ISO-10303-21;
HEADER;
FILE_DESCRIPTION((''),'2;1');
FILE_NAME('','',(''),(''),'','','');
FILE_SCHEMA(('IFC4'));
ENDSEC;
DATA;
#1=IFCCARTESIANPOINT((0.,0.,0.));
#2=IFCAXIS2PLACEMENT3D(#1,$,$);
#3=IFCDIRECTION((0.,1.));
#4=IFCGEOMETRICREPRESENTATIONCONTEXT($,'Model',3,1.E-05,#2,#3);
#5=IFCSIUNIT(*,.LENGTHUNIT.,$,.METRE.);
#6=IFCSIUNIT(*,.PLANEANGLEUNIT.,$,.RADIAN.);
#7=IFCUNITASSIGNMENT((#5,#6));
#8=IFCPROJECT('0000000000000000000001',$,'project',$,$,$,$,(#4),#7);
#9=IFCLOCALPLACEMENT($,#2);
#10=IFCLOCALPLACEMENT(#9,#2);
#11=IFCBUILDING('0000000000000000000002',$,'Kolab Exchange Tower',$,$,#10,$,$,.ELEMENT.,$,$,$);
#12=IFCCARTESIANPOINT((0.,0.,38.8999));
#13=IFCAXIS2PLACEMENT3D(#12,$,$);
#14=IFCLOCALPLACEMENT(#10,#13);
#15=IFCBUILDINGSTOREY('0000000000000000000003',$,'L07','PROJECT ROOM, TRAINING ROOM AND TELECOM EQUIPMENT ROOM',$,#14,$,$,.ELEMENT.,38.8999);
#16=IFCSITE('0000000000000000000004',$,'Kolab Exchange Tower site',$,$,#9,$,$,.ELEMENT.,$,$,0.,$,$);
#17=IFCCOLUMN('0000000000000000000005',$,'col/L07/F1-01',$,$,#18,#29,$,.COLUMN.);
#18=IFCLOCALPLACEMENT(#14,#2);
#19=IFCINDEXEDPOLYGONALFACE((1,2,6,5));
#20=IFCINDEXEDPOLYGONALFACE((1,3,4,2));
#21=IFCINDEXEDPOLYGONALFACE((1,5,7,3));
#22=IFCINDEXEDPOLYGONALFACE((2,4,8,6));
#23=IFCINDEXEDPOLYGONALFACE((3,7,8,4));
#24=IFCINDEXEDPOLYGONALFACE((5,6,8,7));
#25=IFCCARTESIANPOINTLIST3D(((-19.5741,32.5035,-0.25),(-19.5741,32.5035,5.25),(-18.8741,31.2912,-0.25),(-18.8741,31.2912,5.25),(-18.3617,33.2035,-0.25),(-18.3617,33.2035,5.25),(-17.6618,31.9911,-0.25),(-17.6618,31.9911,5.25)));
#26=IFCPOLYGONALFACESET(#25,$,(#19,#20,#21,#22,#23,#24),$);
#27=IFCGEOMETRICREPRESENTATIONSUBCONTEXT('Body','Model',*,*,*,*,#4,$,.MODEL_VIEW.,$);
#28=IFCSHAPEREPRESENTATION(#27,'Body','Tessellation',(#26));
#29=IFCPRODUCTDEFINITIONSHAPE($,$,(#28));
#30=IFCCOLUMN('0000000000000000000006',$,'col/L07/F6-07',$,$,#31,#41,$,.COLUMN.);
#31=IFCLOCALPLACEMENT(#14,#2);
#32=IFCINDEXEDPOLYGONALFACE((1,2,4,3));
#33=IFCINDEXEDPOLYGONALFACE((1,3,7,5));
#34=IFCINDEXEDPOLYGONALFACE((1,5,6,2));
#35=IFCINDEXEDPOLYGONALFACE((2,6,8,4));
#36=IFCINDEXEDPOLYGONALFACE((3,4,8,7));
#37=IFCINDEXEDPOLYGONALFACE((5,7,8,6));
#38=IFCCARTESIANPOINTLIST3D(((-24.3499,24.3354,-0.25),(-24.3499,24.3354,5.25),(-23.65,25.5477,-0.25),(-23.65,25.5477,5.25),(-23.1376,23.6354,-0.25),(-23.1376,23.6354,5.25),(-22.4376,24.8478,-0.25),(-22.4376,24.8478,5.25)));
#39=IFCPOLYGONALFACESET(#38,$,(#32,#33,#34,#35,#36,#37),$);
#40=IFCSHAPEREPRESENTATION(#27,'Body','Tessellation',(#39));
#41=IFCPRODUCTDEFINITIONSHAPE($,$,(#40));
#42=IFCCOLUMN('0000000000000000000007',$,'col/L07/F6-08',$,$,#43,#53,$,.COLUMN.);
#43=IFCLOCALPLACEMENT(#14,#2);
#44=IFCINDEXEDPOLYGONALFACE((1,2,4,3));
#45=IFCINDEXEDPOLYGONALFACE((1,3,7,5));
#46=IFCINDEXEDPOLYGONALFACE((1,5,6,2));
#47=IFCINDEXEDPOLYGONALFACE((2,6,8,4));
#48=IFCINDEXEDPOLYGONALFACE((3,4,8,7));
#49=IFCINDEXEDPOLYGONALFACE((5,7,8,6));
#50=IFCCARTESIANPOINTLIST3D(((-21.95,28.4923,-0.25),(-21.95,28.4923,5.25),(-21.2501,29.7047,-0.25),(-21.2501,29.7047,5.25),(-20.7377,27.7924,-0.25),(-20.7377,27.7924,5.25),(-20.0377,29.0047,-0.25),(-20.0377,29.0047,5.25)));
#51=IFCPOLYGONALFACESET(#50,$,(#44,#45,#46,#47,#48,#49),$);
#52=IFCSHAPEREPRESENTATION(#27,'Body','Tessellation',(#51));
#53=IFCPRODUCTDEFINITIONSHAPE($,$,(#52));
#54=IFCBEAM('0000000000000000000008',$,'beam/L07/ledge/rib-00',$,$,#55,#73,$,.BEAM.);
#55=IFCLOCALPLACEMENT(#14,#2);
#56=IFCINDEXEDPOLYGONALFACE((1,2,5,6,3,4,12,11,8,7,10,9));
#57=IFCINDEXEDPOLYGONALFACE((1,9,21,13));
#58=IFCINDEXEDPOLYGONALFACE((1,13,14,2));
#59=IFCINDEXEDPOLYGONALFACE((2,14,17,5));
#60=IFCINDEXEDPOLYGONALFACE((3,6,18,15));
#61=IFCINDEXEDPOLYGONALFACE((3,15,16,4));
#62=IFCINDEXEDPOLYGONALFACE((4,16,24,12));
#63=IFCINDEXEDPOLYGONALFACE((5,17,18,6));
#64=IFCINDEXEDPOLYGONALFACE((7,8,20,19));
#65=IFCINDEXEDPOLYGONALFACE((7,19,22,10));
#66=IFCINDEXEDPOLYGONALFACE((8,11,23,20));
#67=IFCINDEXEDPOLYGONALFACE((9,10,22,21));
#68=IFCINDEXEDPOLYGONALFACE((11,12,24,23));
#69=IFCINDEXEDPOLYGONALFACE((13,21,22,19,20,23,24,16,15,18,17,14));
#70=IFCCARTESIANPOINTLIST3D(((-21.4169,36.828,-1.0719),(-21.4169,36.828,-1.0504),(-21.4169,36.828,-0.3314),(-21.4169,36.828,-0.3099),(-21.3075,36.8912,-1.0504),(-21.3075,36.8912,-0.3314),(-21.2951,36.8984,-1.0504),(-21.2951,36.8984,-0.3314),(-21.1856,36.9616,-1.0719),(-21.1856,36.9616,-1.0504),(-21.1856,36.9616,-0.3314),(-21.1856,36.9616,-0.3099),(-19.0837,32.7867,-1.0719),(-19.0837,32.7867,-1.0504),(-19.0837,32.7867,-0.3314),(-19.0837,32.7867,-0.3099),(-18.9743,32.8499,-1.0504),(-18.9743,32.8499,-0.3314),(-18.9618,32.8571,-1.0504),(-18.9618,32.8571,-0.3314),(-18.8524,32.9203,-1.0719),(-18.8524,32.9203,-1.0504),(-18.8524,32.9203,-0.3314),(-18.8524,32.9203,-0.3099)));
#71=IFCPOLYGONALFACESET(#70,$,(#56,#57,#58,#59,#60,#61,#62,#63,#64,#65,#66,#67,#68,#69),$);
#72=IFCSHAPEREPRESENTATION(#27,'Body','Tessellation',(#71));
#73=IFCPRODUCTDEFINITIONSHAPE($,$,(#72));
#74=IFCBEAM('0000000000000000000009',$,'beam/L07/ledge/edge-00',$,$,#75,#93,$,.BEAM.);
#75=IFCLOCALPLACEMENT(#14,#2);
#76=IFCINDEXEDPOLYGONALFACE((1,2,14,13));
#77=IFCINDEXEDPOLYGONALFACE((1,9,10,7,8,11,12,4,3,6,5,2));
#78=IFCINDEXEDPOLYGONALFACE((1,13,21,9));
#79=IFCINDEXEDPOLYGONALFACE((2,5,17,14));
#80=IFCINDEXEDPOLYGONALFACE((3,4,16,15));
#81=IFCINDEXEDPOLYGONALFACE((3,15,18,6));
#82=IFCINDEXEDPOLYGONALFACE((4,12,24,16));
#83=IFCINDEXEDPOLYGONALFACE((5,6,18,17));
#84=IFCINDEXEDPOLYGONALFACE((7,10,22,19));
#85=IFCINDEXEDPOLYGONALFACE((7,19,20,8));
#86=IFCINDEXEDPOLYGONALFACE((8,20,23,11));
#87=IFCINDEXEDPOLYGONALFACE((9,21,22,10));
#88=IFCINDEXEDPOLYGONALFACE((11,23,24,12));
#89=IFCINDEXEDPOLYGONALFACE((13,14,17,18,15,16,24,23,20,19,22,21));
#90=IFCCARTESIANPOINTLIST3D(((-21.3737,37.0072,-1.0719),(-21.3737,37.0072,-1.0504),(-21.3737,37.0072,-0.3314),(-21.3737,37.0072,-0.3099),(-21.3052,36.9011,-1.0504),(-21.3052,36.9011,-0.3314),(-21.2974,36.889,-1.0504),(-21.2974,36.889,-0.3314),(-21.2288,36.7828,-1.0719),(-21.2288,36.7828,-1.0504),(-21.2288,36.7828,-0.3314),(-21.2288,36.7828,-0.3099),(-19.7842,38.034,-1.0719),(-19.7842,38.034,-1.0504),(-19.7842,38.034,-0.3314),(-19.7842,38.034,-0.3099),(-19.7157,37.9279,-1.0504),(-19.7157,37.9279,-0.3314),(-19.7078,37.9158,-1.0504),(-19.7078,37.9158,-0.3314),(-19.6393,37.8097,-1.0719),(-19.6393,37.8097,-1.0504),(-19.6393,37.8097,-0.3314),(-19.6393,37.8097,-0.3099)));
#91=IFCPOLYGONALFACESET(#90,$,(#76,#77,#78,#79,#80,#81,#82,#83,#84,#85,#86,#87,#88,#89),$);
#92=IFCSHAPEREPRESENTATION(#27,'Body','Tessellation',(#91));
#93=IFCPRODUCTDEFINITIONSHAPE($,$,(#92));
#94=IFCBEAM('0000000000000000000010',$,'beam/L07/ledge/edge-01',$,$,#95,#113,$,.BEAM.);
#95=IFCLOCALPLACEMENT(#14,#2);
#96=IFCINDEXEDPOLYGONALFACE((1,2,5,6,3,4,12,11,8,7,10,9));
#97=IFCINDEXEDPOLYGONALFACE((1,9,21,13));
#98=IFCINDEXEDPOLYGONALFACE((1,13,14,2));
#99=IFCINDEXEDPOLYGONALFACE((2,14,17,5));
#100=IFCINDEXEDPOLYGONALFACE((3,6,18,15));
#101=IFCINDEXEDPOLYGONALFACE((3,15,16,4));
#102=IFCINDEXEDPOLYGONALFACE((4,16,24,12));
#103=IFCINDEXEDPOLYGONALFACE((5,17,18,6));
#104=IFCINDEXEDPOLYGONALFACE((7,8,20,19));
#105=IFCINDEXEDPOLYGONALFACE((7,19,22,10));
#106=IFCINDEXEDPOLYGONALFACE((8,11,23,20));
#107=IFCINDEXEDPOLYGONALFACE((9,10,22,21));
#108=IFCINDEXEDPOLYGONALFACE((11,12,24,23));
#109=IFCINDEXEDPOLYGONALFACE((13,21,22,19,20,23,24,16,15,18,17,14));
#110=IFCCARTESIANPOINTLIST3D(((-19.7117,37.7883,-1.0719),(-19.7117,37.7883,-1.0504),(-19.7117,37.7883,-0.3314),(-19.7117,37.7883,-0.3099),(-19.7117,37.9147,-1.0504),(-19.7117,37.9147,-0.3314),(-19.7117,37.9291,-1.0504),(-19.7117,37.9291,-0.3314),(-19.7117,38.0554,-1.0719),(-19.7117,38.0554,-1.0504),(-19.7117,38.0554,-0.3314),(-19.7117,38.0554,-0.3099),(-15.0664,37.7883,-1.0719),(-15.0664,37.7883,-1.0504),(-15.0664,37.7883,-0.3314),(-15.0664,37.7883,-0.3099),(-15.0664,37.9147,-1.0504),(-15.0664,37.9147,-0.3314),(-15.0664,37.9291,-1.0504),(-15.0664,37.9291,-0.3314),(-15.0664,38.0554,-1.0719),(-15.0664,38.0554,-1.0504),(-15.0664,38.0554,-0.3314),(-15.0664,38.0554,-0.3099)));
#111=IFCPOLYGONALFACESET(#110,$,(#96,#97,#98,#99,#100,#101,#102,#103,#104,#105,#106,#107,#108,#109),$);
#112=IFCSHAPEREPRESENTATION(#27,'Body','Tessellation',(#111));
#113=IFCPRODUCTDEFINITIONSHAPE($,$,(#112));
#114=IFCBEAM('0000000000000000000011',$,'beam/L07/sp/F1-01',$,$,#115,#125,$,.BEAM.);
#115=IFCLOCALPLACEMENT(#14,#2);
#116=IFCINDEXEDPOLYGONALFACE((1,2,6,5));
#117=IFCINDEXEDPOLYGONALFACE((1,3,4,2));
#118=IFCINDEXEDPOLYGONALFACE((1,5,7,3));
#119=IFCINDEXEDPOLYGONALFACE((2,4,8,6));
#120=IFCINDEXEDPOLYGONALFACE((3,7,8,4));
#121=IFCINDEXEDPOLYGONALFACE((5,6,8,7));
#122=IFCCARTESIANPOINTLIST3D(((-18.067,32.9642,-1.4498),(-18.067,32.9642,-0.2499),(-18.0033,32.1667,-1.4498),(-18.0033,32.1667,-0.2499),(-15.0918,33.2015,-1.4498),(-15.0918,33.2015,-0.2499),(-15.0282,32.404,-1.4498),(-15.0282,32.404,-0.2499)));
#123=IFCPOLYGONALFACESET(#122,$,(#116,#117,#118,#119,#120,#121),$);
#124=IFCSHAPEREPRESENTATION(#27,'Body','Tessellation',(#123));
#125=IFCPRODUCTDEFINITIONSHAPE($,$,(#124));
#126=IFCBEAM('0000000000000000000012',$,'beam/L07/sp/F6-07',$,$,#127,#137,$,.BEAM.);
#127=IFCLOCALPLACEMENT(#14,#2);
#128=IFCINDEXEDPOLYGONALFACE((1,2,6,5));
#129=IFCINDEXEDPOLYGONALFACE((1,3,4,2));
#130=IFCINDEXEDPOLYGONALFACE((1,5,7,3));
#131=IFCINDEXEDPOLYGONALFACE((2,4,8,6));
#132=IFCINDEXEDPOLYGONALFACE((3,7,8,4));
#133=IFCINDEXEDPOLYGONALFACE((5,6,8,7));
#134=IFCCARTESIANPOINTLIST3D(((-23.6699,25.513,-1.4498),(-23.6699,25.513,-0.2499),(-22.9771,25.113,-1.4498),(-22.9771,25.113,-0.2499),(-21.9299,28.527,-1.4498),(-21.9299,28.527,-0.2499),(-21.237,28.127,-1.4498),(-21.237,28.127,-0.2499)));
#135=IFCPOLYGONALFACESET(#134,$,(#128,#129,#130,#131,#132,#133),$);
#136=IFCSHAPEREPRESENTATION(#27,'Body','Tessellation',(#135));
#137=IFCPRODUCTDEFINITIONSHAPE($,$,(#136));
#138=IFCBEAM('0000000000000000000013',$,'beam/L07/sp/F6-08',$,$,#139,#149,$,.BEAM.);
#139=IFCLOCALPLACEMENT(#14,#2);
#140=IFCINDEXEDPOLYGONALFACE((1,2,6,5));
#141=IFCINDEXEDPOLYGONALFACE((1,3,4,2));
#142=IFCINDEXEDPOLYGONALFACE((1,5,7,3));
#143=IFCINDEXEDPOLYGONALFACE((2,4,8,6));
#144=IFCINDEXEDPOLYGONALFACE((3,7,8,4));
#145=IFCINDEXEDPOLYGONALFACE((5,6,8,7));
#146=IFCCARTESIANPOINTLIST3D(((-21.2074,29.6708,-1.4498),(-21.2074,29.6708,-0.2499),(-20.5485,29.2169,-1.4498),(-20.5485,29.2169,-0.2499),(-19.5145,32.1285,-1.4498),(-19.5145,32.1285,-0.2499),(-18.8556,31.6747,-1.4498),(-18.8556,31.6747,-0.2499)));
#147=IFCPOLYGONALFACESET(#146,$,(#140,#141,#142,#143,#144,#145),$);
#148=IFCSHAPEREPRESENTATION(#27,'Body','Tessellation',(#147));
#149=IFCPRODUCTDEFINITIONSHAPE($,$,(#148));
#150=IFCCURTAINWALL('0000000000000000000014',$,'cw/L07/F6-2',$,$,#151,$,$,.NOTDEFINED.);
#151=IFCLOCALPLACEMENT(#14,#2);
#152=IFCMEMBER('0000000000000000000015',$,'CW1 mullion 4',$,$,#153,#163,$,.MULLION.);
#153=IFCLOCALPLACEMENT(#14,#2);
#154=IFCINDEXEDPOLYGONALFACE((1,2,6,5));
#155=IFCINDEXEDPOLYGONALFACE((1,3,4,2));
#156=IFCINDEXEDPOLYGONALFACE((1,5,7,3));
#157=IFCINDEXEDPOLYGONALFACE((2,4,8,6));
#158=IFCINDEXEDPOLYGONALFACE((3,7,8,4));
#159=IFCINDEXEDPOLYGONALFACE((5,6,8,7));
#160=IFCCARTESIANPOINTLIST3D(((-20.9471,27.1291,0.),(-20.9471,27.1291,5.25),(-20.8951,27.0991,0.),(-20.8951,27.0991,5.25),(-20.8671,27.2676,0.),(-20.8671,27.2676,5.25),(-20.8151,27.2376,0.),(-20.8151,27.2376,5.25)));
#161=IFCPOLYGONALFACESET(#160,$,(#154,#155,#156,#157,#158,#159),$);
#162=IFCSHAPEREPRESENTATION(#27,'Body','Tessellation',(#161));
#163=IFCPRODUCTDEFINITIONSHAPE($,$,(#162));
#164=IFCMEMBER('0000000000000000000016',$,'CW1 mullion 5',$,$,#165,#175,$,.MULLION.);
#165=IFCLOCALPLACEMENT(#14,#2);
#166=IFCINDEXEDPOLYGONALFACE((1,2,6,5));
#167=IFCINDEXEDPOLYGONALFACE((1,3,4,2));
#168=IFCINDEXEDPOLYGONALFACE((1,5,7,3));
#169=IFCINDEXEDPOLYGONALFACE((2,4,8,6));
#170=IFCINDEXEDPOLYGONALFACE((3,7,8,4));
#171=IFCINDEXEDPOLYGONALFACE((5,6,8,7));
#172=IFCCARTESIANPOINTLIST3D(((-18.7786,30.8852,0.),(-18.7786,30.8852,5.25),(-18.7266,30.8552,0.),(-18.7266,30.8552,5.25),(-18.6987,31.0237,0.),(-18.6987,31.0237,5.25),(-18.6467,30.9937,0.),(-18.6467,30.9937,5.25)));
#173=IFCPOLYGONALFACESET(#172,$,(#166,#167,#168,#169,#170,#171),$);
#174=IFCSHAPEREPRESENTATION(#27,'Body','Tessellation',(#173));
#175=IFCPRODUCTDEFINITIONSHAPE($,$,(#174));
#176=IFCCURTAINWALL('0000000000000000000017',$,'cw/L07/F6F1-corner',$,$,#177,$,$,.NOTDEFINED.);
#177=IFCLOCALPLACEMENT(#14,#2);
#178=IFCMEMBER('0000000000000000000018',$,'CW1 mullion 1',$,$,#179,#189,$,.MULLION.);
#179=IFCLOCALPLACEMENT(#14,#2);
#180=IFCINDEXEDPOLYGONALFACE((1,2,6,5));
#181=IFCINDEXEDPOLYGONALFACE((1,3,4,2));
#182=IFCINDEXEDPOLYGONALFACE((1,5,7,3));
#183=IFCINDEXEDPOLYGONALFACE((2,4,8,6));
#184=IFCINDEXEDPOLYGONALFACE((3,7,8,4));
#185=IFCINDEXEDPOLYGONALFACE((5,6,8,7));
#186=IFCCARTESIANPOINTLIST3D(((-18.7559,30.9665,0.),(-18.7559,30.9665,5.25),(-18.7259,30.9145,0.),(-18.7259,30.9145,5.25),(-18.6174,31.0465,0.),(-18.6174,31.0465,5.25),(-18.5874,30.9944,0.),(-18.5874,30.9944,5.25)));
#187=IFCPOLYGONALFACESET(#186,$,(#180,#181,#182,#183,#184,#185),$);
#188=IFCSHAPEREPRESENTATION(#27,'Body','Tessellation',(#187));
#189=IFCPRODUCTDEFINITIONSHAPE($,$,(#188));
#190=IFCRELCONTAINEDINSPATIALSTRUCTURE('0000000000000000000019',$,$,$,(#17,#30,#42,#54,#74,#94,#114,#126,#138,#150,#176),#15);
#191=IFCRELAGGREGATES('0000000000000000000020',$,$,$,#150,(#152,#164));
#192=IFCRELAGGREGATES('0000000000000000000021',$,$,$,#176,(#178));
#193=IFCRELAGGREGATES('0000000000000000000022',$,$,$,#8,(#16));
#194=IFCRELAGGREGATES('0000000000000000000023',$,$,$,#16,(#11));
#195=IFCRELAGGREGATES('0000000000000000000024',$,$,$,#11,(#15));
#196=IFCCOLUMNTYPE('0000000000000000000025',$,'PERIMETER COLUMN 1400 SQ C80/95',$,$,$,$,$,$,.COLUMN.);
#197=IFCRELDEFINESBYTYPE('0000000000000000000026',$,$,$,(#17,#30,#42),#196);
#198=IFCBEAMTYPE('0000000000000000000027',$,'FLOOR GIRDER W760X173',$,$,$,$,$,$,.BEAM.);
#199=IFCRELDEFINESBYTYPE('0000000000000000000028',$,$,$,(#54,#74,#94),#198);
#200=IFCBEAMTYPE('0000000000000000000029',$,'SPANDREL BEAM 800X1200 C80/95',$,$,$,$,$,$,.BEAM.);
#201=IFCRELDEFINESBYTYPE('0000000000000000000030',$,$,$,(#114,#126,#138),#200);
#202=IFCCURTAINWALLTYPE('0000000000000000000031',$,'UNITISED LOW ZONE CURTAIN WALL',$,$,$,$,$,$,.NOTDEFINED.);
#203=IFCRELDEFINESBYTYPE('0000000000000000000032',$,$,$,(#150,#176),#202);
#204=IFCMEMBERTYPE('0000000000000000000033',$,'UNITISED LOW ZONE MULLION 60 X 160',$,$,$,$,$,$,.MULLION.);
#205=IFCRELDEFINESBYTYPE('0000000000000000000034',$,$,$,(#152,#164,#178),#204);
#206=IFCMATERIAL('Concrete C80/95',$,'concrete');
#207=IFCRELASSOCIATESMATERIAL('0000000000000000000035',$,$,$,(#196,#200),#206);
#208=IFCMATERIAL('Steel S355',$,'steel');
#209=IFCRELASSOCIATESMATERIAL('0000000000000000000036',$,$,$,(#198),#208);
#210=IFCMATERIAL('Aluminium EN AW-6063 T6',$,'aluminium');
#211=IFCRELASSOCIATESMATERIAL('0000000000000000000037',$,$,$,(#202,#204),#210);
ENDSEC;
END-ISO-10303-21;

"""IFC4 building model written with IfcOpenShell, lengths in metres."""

from ifc_helpers import new_model, si_unit, direction, frame, origin, origin_2d, place, context, subcontext, project, spatial, rectangle, i_section, extrude, material, material_profile, profile_set, type_object, element, aggregate, save


model = new_model("IFC4")

# Units and contexts
model_context = context("Model", 3, precision=1e-05, world=origin(), true_north=direction((0.0, 1.0)))
body_context = subcontext(model_context, "Body", "Model", "MODEL_VIEW")
ifc_project = project(units=[si_unit("LENGTHUNIT", "METRE"), si_unit("PLANEANGLEUNIT", "RADIAN")], contexts=[model_context])

# Site, building, storey
site_placement = place(None, origin())
site = spatial("IfcSite", under=ifc_project, at=site_placement, Name="Kolab Exchange Tower site", CompositionType="ELEMENT", RefElevation=0.0)
building_placement = place(site_placement, origin())
building = spatial("IfcBuilding", under=site, at=building_placement, Name="Kolab Exchange Tower", CompositionType="ELEMENT")
storey_placement = place(building_placement, frame((0.0, 0.0, 38.8999)))
storey = spatial("IfcBuildingStorey", under=building, at=storey_placement, Name="L07", Description="PROJECT ROOM, TRAINING ROOM AND TELECOM EQUIPMENT ROOM", CompositionType="ELEMENT", Elevation=38.8999)

# Columns
ifc_material_1 = material(Name="Concrete C80/95", Category="concrete")
ifc_material_profile_1 = material_profile(ifc_material_1, rectangle(XDim=1.3999, YDim=1.3999, at=origin_2d()), Name="RC1400")
ifc_profile_set_1 = profile_set([ifc_material_profile_1], Name="Concrete C80/95")
column_type = type_object("IfcColumnType", Name="PERIMETER COLUMN 1400 SQ C80/95", PredefinedType="COLUMN", material=ifc_profile_set_1)
for number, where, z_axis, x_axis, name in (
    (1, (-18.6179, 32.2473, -0.25), (0.0, 0.0, 1.0), (0.866025, 0.5, 0.0), "col/L07/F1-01"),
    (2, (-23.3938, 24.5916, -0.25), (0.0, 0.0, 1.0), (0.5, 0.866025, 0.0), "col/L07/F6-07"),
    (3, (-20.9939, 28.7485, -0.25), (0.0, 0.0, 1.0), (0.5, 0.866025, 0.0), "col/L07/F6-08"),
):
    element("IfcColumn", number, at=place(storey_placement, frame(where, z_axis=z_axis, x_axis=x_axis)), inside=storey, type_object=column_type, Name=name, PredefinedType="COLUMN", context=body_context, shape_type="SweptSolid", body=[
        extrude(rectangle(XDim=1.3999, YDim=1.3999, at=origin_2d()), origin(), (0.0, 0.0, 1.0), 5.5),
    ])

# Beams
ifc_material_2 = material(Name="Steel S355", Category="steel")
ifc_material_profile_2 = material_profile(ifc_material_2, i_section(OverallWidth=0.2671, OverallDepth=0.762, WebThickness=0.0144, FlangeThickness=0.0215, at=origin_2d()), Name="W760X173")
ifc_profile_set_2 = profile_set([ifc_material_profile_2], Name="Steel S355")
beam_type_1 = type_object("IfcBeamType", Name="FLOOR GIRDER W760X173", PredefinedType="BEAM", material=ifc_profile_set_2)
beam_1_placement = place(storey_placement, frame((-18.968, 32.8535, -0.6909), z_axis=(-0.500005, 0.866023, 0.0), x_axis=(-0.866023, -0.500005, 0.0)))
element("IfcBeam", 4, at=beam_1_placement, inside=storey, type_object=beam_type_1, Name="beam/L07/ledge/rib-00", PredefinedType="BEAM", context=body_context, shape_type="SweptSolid", body=[
    extrude(i_section(OverallWidth=0.2671, OverallDepth=0.762, WebThickness=0.0144, FlangeThickness=0.0215, at=origin_2d()), origin(), (0.0, 0.0, 1.0), 4.6665),
])
beam_2_placement = place(storey_placement, frame((-21.3013, 36.895, -0.6909), z_axis=(0.839982, 0.542615, 0.0), x_axis=(-0.542615, 0.839982, 0.0)))
element("IfcBeam", 5, at=beam_2_placement, inside=storey, type_object=beam_type_1, Name="beam/L07/ledge/edge-00", PredefinedType="BEAM", context=body_context, shape_type="SweptSolid", body=[
    extrude(i_section(OverallWidth=0.2671, OverallDepth=0.762, WebThickness=0.0144, FlangeThickness=0.0215, at=origin_2d()), origin(), (0.0, 0.0, 1.0), 1.8923),
])
beam_3_placement = place(storey_placement, frame((-19.7117, 37.9219, -0.6909), z_axis=(1.0, 0.0, 0.0), x_axis=(0.0, 1.0, 0.0)))
element("IfcBeam", 6, at=beam_3_placement, inside=storey, type_object=beam_type_1, Name="beam/L07/ledge/edge-01", PredefinedType="BEAM", context=body_context, shape_type="SweptSolid", body=[
    extrude(i_section(OverallWidth=0.2671, OverallDepth=0.762, WebThickness=0.0144, FlangeThickness=0.0215, at=origin_2d()), origin(), (0.0, 0.0, 1.0), 4.6453),
])
ifc_material_profile_3 = material_profile(ifc_material_1, rectangle(XDim=0.8, YDim=1.2, at=origin_2d()), Name="RC800X1200")
ifc_profile_set_3 = profile_set([ifc_material_profile_3], Name="Concrete C80/95")
beam_type_2 = type_object("IfcBeamType", Name="SPANDREL BEAM 800X1200 C80/95", PredefinedType="BEAM", material=ifc_profile_set_3)
beam_4_placement = place(storey_placement, frame((-18.0352, 32.5654, -0.8499), z_axis=(0.996834, 0.079511, 0.0), x_axis=(-0.079511, 0.996834, 0.0)))
element("IfcBeam", 7, at=beam_4_placement, inside=storey, type_object=beam_type_2, Name="beam/L07/sp/F1-01", PredefinedType="BEAM", context=body_context, shape_type="SweptSolid", body=[
    extrude(rectangle(XDim=0.8, YDim=1.2, at=origin_2d()), origin(), (0.0, 0.0, 1.0), 2.9846),
])
beam_5_placement = place(storey_placement, frame((-23.3235, 25.313, -0.8499), z_axis=(0.49998, 0.866037, 0.0), x_axis=(-0.866037, 0.49998, 0.0)))
element("IfcBeam", 8, at=beam_5_placement, inside=storey, type_object=beam_type_2, Name="beam/L07/sp/F6-07", PredefinedType="BEAM", context=body_context, shape_type="SweptSolid", body=[
    extrude(rectangle(XDim=0.8, YDim=1.2, at=origin_2d()), origin(), (0.0, 0.0, 1.0), 3.4802),
])
beam_6_placement = place(storey_placement, frame((-20.8779, 29.4438, -0.8499), z_axis=(0.567247, 0.823548, 0.0), x_axis=(-0.823548, 0.567247, 0.0)))
element("IfcBeam", 9, at=beam_6_placement, inside=storey, type_object=beam_type_2, Name="beam/L07/sp/F6-08", PredefinedType="BEAM", context=body_context, shape_type="SweptSolid", body=[
    extrude(rectangle(XDim=0.8, YDim=1.2, at=origin_2d()), origin(), (0.0, 0.0, 1.0), 2.9844),
])

# Curtain walls, members
ifc_material_3 = material(Name="Aluminium EN AW-6063 T6", Category="aluminium")
curtain_wall_type = type_object("IfcCurtainWallType", Name="UNITISED LOW ZONE CURTAIN WALL", PredefinedType="NOTDEFINED", material=ifc_material_3)
curtain_wall_1_placement = place(storey_placement, origin())
curtain_wall_1 = element("IfcCurtainWall", 10, at=curtain_wall_1_placement, inside=storey, type_object=curtain_wall_type, Name="cw/L07/F6-2", PredefinedType="NOTDEFINED")
ifc_material_profile_4 = material_profile(ifc_material_3, rectangle(XDim=0.0601, YDim=0.1599, at=origin_2d()), Name="RECT 60X160")
ifc_profile_set_4 = profile_set([ifc_material_profile_4], Name="Aluminium EN AW-6063 T6")
member_type_1 = type_object("IfcMemberType", Name="UNITISED LOW ZONE MULLION 60 X 160", PredefinedType="MULLION", material=ifc_profile_set_4)
member_1_placement = place(storey_placement, frame((-20.8811, 27.1833, 0.0), z_axis=(0.0, 0.0, 1.0), x_axis=(-0.866025, 0.5, 0.0)))
member_1 = element("IfcMember", 11, at=member_1_placement, type_object=member_type_1, Name="CW1 mullion 4", PredefinedType="MULLION", context=body_context, shape_type="SweptSolid", body=[
    extrude(rectangle(XDim=0.0601, YDim=0.1599, at=origin_2d()), origin(), (0.0, 0.0, 1.0), 5.25),
])
member_2_placement = place(storey_placement, frame((-18.7126, 30.9395, 0.0), z_axis=(0.0, 0.0, 1.0), x_axis=(-0.866025, 0.5, 0.0)))
member_2 = element("IfcMember", 12, at=member_2_placement, type_object=member_type_1, Name="CW1 mullion 5", PredefinedType="MULLION", context=body_context, shape_type="SweptSolid", body=[
    extrude(rectangle(XDim=0.0601, YDim=0.1599, at=origin_2d()), origin(), (0.0, 0.0, 1.0), 5.25),
])
curtain_wall_2_placement = place(storey_placement, origin())
curtain_wall_2 = element("IfcCurtainWall", 13, at=curtain_wall_2_placement, inside=storey, type_object=curtain_wall_type, Name="cw/L07/F6F1-corner", PredefinedType="NOTDEFINED")
member_3_placement = place(storey_placement, frame((-18.6716, 30.9805, 0.0), z_axis=(0.0, 0.0, 1.0), x_axis=(-0.5, 0.866025, 0.0)))
member_3 = element("IfcMember", 14, at=member_3_placement, type_object=member_type_1, Name="CW1 mullion 1", PredefinedType="MULLION", context=body_context, shape_type="SweptSolid", body=[
    extrude(rectangle(XDim=0.0601, YDim=0.1599, at=origin_2d()), origin(), (0.0, 0.0, 1.0), 5.25),
])

aggregate(curtain_wall_1, [member_1, member_2])
aggregate(curtain_wall_2, [member_3])

save(model, "model.ifc")
